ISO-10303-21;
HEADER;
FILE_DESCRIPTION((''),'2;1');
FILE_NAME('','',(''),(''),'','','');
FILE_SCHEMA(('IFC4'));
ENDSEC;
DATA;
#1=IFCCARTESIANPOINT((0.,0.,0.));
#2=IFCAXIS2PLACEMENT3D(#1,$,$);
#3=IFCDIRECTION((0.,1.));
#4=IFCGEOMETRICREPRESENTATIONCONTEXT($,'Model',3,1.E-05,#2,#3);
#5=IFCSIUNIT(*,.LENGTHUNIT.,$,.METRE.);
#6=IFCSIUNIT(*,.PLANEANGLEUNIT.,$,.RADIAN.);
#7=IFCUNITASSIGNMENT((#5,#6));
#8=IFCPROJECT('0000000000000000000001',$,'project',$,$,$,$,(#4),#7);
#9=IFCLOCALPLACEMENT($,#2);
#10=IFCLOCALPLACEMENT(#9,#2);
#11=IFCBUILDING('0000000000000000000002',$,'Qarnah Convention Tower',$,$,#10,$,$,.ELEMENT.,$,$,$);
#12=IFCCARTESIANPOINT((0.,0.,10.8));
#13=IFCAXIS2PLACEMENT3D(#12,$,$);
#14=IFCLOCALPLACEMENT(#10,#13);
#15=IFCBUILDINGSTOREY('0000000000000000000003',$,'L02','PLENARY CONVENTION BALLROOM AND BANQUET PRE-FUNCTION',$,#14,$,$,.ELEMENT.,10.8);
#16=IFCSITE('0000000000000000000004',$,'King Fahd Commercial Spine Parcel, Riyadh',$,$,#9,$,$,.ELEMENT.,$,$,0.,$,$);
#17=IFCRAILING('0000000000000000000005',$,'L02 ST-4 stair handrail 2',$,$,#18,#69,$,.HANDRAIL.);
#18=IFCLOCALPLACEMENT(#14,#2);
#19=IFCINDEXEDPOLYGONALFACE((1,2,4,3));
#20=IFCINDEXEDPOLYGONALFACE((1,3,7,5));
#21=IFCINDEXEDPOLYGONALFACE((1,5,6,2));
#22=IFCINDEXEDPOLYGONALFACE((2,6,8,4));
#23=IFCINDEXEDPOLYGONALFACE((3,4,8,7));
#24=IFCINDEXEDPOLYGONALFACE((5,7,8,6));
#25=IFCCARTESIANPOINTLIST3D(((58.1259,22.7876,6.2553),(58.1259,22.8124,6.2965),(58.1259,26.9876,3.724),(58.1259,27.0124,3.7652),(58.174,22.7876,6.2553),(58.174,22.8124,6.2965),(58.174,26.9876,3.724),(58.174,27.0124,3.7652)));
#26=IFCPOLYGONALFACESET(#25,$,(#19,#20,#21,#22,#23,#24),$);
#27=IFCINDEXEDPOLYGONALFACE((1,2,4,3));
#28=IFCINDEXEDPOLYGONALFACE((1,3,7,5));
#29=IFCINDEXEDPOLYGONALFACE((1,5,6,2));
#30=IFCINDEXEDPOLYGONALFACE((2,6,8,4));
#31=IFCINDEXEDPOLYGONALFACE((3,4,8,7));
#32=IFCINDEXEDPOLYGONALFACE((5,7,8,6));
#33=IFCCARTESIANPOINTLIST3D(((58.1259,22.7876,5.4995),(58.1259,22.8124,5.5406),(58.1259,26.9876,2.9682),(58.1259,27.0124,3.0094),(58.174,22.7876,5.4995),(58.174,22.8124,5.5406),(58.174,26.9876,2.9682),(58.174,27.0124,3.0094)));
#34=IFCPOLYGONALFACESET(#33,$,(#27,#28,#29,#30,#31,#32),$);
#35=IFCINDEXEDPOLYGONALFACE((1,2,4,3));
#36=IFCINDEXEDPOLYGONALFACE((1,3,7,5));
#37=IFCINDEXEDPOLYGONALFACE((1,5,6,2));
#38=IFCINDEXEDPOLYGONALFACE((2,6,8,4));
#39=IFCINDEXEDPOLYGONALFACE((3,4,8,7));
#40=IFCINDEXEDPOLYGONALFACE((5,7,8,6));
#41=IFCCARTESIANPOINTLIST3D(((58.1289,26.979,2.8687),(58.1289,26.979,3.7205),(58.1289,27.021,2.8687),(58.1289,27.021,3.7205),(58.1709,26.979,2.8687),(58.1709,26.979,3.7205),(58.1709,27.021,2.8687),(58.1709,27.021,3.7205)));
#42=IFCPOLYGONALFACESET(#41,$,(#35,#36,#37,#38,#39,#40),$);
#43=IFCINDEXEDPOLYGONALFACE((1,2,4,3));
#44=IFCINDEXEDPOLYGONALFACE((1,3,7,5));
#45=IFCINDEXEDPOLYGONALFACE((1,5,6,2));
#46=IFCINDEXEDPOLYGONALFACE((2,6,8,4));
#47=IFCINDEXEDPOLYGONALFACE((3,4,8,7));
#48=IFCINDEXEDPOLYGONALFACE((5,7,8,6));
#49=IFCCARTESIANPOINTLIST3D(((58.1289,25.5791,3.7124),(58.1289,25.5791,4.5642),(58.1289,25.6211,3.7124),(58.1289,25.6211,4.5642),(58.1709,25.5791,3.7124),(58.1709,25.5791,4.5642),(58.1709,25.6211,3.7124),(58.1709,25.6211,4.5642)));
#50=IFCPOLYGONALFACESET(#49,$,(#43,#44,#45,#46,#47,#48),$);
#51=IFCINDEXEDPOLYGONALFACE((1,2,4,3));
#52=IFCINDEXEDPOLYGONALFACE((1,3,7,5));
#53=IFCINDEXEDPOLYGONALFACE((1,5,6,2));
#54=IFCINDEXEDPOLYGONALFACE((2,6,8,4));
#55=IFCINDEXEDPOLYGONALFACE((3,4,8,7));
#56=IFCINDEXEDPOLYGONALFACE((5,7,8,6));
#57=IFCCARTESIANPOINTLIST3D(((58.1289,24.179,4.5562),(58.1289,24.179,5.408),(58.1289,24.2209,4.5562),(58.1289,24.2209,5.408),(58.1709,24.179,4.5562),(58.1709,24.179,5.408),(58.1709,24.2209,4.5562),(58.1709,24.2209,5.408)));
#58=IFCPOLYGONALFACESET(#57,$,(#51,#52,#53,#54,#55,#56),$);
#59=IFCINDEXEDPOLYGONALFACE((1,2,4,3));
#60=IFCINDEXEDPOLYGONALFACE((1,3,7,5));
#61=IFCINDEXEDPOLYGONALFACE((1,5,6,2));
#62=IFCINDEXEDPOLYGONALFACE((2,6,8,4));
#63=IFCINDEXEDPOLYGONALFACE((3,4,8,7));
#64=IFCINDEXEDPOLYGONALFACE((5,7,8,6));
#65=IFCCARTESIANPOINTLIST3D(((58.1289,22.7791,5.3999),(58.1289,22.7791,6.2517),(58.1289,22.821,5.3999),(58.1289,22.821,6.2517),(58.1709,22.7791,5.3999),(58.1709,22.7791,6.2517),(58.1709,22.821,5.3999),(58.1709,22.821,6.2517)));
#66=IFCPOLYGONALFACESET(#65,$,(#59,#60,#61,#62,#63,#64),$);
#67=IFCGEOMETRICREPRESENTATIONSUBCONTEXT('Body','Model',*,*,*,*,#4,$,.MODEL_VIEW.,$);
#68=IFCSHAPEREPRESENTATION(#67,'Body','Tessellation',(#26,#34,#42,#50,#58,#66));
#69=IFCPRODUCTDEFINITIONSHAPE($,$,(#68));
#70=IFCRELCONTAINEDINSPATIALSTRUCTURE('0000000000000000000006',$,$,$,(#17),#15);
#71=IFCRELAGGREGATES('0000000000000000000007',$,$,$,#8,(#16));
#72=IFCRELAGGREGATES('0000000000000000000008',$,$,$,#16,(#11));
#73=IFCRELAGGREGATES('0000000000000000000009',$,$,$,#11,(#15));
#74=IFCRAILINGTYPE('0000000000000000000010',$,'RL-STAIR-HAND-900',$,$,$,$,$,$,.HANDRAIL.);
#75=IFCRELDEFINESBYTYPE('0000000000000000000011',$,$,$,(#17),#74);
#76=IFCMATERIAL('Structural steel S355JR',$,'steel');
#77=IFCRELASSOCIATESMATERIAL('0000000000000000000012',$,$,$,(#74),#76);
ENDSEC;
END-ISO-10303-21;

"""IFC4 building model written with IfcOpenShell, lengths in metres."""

from ifc_helpers import new_model, si_unit, direction, frame, origin, origin_2d, place, context, subcontext, project, spatial, rectangle, extrude, material, type_object, element, save


model = new_model("IFC4")

# Units and contexts
model_context = context("Model", 3, precision=1e-05, world=origin(), true_north=direction((0.0, 1.0)))
body_context = subcontext(model_context, "Body", "Model", "MODEL_VIEW")
ifc_project = project(units=[si_unit("LENGTHUNIT", "METRE"), si_unit("PLANEANGLEUNIT", "RADIAN")], contexts=[model_context])

# Site, building, storey
site_placement = place(None, origin())
site = spatial("IfcSite", under=ifc_project, at=site_placement, Name="King Fahd Commercial Spine Parcel, Riyadh", CompositionType="ELEMENT", RefElevation=0.0)
building_placement = place(site_placement, origin())
building = spatial("IfcBuilding", under=site, at=building_placement, Name="Qarnah Convention Tower", CompositionType="ELEMENT")
storey_placement = place(building_placement, frame((0.0, 0.0, 10.8)))
storey = spatial("IfcBuildingStorey", under=building, at=storey_placement, Name="L02", Description="PLENARY CONVENTION BALLROOM AND BANQUET PRE-FUNCTION", CompositionType="ELEMENT", Elevation=10.8)

# Shared definitions
ifc_material_1 = material(Name="Structural steel S355JR", Category="steel")

# Railing
railing_type_1 = type_object("IfcRailingType", Name="RL-STAIR-HAND-900", PredefinedType="HANDRAIL", material=ifc_material_1)
railing_1_placement = place(storey_placement, frame((58.1499, 27.0, 2.8687)))
element("IfcRailing", 1, at=railing_1_placement, inside=storey, type_object=railing_type_1, Name="L02 ST-4 stair handrail 2", PredefinedType="HANDRAIL", context=body_context, shape_type="SweptSolid", body=[
    extrude(rectangle(XDim=0.0481, YDim=0.0481, at=origin_2d()), frame((0.0, 0.0, 0.876), z_axis=(0.0, -0.856476, 0.516186), x_axis=(1.0, 0.0, 0.0)), (0.0, 0.0, 1.0), 4.9038),
    extrude(rectangle(XDim=0.0481, YDim=0.0481, at=origin_2d()), frame((0.0, 0.0, 0.1201), z_axis=(0.0, -0.856476, 0.516186), x_axis=(1.0, 0.0, 0.0)), (0.0, 0.0, 1.0), 4.9038),
    extrude(rectangle(XDim=0.042, YDim=0.042, at=origin_2d()), origin(), (0.0, 0.0, 1.0), 0.8518),
    extrude(rectangle(XDim=0.042, YDim=0.042, at=origin_2d()), frame((0.0, -1.3999, 0.8438)), (0.0, 0.0, 1.0), 0.8518),
    extrude(rectangle(XDim=0.042, YDim=0.042, at=origin_2d()), frame((0.0, -2.8, 1.6875)), (0.0, 0.0, 1.0), 0.8518),
    extrude(rectangle(XDim=0.042, YDim=0.042, at=origin_2d()), frame((0.0, -4.2, 2.5312)), (0.0, 0.0, 1.0), 0.8518),
])

save(model, "model.ifc")
